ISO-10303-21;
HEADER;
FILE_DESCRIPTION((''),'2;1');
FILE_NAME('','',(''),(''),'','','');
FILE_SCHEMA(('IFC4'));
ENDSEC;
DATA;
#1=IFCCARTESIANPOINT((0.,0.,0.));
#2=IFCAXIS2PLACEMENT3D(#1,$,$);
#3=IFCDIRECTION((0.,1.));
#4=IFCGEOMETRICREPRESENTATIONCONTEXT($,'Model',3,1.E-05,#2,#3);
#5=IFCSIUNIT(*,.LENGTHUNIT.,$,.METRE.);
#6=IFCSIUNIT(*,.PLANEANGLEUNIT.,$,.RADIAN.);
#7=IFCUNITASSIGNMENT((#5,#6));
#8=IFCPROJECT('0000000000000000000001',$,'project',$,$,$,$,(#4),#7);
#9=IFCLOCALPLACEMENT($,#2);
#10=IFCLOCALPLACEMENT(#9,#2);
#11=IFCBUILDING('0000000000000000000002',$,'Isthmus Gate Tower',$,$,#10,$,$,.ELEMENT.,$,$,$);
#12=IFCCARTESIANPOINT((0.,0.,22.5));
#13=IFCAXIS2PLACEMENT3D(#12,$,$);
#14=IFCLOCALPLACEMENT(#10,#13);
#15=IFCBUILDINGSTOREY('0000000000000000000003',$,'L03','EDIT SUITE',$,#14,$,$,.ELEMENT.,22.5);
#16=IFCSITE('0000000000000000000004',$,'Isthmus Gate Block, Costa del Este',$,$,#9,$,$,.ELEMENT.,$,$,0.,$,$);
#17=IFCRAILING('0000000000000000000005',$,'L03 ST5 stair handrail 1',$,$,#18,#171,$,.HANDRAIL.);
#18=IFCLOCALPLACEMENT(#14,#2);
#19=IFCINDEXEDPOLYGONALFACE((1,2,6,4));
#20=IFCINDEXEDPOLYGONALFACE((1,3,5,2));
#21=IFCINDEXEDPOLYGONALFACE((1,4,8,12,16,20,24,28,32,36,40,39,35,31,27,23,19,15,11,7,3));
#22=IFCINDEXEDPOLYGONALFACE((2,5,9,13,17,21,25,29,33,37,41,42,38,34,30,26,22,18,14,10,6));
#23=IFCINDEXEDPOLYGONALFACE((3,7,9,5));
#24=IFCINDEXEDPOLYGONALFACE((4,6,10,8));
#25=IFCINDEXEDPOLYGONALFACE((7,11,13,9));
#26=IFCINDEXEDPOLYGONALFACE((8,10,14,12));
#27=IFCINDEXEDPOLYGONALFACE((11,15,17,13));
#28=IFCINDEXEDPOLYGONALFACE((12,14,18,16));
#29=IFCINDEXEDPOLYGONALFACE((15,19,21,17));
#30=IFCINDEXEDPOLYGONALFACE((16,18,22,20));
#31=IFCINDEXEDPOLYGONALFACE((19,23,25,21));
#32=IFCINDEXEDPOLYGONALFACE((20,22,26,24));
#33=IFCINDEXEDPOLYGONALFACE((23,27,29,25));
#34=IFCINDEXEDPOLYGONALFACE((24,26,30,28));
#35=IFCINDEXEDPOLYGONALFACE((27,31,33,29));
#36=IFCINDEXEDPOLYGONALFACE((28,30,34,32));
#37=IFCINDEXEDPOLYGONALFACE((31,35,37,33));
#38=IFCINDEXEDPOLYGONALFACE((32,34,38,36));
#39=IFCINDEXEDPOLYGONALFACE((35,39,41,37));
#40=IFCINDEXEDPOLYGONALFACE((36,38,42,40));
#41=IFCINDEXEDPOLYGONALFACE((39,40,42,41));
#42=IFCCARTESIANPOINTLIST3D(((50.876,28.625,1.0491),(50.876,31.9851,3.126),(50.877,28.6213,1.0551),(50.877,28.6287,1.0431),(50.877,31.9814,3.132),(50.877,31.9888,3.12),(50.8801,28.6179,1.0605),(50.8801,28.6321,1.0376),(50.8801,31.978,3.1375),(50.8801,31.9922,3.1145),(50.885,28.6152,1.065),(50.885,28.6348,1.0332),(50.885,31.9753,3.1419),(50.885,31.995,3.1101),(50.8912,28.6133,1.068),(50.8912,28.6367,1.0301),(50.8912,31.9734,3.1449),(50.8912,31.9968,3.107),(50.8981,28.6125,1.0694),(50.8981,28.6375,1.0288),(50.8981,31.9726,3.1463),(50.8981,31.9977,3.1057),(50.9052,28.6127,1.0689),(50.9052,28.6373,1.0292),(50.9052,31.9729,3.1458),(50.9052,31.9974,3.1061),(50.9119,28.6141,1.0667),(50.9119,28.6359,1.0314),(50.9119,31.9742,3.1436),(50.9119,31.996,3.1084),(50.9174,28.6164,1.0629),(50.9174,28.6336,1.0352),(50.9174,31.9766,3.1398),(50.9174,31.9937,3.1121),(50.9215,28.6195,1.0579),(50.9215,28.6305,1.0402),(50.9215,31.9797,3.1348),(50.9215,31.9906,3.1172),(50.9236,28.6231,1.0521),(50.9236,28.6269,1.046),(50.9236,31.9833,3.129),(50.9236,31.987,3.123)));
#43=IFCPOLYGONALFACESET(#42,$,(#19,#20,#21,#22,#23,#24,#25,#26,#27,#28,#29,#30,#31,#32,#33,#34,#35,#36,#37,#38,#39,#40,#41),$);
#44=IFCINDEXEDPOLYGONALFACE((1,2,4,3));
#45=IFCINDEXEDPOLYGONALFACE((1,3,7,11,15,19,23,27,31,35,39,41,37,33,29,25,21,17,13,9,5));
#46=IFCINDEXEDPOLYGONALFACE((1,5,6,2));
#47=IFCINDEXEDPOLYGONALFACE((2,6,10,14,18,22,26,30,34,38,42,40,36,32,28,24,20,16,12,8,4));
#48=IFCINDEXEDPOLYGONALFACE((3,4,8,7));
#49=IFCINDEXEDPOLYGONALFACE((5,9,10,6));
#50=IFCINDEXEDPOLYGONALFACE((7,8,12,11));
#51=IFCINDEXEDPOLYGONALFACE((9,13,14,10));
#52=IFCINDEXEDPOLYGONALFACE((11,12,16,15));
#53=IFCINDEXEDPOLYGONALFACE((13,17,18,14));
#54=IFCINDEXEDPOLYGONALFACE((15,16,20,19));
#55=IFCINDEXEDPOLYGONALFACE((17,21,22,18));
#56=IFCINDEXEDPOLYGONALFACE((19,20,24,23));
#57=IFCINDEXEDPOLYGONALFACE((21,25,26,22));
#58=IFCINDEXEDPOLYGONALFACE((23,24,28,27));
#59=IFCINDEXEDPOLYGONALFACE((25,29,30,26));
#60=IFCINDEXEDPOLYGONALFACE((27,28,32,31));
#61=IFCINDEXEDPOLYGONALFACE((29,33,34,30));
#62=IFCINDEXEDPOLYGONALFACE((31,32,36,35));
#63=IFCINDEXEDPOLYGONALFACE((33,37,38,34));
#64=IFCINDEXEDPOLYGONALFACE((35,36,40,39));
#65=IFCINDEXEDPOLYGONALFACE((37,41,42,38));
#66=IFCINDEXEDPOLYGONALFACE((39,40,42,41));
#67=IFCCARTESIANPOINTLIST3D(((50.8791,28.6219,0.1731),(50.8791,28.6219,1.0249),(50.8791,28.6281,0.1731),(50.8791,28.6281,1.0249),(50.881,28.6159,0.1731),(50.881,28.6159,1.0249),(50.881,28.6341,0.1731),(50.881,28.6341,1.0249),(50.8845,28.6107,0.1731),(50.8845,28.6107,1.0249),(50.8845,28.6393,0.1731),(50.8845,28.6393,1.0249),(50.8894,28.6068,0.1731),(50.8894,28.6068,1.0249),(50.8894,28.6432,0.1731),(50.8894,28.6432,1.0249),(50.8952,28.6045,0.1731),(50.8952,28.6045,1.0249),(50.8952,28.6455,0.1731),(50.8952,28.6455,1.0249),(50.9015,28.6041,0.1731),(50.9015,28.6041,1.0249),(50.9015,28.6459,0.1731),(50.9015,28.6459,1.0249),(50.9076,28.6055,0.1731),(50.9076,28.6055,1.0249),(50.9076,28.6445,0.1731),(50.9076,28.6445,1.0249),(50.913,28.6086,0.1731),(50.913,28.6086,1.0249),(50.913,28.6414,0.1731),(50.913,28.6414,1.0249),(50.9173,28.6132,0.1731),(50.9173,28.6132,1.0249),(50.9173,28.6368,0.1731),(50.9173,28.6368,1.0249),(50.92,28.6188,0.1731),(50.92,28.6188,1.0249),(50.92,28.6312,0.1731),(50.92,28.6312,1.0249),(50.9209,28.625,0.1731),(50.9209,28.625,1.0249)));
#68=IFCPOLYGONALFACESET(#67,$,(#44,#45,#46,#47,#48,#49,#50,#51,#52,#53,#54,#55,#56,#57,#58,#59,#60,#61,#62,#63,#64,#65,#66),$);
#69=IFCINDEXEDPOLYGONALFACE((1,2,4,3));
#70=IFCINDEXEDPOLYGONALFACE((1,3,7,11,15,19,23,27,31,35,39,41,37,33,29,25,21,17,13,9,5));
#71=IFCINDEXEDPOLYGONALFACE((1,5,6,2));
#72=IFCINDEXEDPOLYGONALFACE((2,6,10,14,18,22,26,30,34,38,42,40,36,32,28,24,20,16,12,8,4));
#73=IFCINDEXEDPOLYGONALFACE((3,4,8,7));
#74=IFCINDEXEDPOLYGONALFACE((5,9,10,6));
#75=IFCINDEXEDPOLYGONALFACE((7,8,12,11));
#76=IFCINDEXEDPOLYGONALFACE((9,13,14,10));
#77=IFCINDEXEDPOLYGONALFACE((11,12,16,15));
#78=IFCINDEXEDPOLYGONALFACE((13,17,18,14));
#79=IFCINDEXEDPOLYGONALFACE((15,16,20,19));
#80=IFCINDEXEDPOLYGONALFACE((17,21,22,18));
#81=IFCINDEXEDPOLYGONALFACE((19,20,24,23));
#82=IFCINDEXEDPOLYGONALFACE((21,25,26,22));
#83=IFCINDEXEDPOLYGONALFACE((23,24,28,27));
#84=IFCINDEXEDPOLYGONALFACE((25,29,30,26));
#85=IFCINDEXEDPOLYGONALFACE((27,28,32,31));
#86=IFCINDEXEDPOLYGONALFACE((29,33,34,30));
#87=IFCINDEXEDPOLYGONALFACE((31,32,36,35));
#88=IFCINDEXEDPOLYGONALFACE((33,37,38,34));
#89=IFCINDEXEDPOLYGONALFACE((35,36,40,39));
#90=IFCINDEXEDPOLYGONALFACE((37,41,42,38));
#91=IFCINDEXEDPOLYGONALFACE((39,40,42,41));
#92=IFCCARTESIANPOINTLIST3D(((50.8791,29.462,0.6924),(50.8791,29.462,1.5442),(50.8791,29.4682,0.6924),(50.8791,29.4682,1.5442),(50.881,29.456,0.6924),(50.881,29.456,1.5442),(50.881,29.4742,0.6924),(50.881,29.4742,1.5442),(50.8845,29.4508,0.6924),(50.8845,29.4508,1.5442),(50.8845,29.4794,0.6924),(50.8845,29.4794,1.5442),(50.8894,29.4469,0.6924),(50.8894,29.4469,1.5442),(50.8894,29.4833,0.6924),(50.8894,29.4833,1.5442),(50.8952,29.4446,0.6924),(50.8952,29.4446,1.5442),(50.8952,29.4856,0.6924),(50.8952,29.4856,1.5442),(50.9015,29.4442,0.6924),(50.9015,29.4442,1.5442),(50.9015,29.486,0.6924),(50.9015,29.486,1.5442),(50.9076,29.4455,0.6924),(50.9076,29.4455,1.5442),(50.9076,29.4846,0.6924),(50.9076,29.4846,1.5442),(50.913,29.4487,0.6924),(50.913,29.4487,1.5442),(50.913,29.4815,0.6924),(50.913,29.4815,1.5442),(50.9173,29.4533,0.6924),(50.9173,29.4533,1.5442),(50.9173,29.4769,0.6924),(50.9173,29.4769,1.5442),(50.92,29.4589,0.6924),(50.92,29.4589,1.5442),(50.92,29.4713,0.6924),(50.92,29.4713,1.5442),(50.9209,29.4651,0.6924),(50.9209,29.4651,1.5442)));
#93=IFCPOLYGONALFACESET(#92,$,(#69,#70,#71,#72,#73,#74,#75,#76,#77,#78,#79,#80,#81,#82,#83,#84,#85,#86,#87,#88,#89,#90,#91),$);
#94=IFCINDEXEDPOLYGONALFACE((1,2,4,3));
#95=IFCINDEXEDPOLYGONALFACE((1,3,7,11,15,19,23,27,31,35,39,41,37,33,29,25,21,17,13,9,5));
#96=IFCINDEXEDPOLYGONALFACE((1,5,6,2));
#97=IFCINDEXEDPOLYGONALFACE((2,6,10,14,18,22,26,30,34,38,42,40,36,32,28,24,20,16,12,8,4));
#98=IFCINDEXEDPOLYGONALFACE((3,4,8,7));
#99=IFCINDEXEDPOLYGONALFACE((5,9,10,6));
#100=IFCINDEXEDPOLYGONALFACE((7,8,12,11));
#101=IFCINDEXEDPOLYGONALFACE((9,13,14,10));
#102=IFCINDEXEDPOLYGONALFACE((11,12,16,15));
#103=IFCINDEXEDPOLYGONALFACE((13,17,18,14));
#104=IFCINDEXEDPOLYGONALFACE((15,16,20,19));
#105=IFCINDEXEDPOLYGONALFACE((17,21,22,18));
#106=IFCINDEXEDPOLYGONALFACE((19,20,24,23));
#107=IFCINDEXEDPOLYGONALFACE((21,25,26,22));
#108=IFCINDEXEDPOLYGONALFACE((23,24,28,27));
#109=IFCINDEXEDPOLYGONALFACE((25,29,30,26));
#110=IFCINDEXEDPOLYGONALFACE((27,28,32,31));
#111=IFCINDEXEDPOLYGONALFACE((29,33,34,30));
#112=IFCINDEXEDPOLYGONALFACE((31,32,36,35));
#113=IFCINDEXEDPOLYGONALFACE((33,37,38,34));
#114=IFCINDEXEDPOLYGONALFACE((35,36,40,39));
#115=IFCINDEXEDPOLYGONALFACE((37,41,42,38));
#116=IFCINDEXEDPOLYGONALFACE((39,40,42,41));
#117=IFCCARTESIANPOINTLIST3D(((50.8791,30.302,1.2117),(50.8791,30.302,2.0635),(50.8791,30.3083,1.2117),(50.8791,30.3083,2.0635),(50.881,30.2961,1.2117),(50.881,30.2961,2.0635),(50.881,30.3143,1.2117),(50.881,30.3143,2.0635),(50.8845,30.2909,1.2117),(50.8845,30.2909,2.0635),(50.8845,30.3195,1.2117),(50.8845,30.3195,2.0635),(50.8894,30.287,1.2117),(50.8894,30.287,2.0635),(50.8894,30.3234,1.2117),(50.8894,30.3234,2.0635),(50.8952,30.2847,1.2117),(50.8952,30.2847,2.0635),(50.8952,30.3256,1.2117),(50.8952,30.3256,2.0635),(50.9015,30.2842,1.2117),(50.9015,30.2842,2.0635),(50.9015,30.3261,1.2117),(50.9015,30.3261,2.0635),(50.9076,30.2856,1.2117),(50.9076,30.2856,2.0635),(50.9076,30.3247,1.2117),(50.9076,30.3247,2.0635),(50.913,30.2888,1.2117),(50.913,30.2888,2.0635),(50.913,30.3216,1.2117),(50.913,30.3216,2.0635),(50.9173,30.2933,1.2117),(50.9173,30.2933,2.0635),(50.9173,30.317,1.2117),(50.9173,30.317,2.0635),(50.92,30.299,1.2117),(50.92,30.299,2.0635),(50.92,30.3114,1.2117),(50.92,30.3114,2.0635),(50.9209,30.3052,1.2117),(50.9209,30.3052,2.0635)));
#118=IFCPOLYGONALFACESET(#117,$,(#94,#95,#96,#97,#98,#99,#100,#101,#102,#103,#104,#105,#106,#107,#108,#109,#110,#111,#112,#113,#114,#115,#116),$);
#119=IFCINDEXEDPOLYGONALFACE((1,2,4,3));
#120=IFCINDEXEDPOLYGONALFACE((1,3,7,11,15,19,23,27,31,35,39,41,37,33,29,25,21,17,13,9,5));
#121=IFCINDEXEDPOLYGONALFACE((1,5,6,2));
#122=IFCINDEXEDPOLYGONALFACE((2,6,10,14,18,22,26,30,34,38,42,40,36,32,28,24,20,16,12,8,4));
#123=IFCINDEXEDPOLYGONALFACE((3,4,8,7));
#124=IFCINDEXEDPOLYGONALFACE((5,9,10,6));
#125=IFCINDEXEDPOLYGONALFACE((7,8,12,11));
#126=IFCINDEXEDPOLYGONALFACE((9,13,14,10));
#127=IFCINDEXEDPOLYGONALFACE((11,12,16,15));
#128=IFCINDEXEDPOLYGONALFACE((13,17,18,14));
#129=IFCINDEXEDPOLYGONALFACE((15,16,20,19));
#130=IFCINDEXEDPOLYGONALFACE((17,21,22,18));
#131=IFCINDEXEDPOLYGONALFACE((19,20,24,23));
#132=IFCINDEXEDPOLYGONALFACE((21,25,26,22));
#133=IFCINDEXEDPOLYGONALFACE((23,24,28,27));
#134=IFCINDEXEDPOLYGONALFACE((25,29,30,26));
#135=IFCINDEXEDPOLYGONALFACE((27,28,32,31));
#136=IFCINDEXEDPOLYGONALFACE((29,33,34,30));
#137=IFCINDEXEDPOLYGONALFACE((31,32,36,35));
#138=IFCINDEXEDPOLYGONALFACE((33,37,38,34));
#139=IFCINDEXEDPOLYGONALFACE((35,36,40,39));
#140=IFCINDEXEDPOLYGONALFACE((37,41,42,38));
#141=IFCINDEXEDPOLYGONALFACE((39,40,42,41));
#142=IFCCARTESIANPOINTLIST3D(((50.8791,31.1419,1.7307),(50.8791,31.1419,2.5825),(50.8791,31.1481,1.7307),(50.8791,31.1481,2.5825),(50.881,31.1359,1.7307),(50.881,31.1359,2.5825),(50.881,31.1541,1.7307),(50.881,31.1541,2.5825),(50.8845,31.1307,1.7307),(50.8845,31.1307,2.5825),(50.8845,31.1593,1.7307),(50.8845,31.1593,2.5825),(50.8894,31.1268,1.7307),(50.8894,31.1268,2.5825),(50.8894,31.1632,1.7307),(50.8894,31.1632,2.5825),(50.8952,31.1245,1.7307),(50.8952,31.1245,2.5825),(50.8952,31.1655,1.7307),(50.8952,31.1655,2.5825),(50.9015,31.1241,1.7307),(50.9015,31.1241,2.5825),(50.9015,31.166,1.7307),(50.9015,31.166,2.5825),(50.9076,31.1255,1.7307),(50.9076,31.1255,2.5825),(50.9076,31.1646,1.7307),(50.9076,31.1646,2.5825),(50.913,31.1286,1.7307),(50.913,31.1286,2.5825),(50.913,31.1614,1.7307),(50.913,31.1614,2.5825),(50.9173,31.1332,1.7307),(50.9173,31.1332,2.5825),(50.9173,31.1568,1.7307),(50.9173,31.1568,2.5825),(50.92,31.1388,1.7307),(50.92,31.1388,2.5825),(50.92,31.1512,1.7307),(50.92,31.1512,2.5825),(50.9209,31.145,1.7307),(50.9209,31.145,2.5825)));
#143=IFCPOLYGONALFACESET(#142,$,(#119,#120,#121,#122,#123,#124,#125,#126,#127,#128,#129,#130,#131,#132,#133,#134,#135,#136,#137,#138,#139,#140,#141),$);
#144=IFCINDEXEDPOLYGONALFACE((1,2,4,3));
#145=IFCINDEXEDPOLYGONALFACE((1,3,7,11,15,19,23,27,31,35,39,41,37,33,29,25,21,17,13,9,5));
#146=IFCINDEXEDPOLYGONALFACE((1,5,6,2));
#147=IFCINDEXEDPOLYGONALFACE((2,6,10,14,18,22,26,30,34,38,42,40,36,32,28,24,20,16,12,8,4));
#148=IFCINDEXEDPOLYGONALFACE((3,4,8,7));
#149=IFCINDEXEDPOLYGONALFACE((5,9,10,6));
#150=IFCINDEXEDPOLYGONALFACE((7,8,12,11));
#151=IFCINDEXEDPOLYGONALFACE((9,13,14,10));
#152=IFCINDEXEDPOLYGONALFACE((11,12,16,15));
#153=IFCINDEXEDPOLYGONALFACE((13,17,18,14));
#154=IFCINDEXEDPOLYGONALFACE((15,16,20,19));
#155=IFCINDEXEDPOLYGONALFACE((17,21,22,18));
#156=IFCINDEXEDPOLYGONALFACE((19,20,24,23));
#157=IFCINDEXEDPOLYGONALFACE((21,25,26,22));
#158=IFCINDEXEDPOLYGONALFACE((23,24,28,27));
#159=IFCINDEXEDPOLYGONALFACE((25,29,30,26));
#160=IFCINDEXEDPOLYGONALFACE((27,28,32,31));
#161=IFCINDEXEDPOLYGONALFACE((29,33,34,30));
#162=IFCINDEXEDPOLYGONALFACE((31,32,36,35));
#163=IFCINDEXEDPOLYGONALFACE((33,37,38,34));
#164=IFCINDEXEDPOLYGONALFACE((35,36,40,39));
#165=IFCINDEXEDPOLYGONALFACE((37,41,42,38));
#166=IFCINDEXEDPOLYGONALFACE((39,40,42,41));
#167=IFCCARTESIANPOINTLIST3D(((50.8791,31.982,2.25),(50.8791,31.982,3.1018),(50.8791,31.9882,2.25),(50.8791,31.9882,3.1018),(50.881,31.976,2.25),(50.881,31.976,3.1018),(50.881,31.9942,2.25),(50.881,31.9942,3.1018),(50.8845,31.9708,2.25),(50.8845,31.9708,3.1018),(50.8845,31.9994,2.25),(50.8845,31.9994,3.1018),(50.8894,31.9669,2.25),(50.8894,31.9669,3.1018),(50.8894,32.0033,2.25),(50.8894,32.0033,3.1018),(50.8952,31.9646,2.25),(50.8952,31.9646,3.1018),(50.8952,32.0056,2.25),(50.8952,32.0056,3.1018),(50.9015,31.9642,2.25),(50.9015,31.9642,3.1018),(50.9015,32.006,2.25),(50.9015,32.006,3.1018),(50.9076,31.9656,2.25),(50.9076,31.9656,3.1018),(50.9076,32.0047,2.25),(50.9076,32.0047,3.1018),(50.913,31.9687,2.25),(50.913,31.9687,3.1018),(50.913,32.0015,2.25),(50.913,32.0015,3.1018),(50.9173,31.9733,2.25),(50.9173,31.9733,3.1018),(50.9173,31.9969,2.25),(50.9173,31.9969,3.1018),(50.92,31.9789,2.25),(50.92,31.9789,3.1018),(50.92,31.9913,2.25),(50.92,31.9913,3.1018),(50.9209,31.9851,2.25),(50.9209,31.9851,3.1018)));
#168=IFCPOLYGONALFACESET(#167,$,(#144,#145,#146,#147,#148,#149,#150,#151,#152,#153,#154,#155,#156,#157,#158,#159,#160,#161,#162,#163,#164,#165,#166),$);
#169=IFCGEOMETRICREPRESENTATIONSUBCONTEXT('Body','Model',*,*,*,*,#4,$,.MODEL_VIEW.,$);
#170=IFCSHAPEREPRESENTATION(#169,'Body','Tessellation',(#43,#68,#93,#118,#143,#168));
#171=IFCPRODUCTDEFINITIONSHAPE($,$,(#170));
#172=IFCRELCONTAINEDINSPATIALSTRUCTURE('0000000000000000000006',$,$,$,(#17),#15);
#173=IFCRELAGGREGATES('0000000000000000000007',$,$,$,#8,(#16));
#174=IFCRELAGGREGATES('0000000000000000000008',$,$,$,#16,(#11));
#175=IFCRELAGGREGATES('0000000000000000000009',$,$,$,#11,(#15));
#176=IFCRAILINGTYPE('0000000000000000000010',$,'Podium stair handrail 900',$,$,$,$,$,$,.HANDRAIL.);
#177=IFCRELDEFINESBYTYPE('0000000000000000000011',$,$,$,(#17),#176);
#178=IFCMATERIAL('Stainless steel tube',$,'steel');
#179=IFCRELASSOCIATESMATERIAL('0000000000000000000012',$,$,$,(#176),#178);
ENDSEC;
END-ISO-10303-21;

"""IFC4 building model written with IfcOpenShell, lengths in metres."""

from ifc_helpers import new_model, si_unit, direction, frame, origin, origin_2d, place, context, subcontext, project, spatial, circle, extrude, material, type_object, element, save


model = new_model("IFC4")

# Units and contexts
model_context = context("Model", 3, precision=1e-05, world=origin(), true_north=direction((0.0, 1.0)))
body_context = subcontext(model_context, "Body", "Model", "MODEL_VIEW")
ifc_project = project(units=[si_unit("LENGTHUNIT", "METRE"), si_unit("PLANEANGLEUNIT", "RADIAN")], contexts=[model_context])

# Site, building, storey
site_placement = place(None, origin())
site = spatial("IfcSite", under=ifc_project, at=site_placement, Name="Isthmus Gate Block, Costa del Este", CompositionType="ELEMENT", RefElevation=0.0)
building_placement = place(site_placement, origin())
building = spatial("IfcBuilding", under=site, at=building_placement, Name="Isthmus Gate Tower", CompositionType="ELEMENT")
storey_placement = place(building_placement, frame((0.0, 0.0, 22.5)))
storey = spatial("IfcBuildingStorey", under=building, at=storey_placement, Name="L03", Description="EDIT SUITE", CompositionType="ELEMENT", Elevation=22.5)

# Railing
ifc_material_1 = material(Name="Stainless steel tube", Category="steel")
railing_type_1 = type_object("IfcRailingType", Name="Podium stair handrail 900", PredefinedType="HANDRAIL", material=ifc_material_1)
railing_1_placement = place(storey_placement, frame((50.8999, 28.625, 0.1731)))
element("IfcRailing", 1, at=railing_1_placement, inside=storey, type_object=railing_type_1, Name="L03 ST5 stair handrail 1", PredefinedType="HANDRAIL", context=body_context, shape_type="SweptSolid", body=[
    extrude(circle(Radius=0.0239, at=origin_2d()), frame((0.0, 0.0, 0.876), z_axis=(0.0, 0.850623, 0.525776), x_axis=(-1.0, 0.0, 0.0)), (0.0, 0.0, 1.0), 3.9502),
    extrude(circle(Radius=0.021, at=origin_2d()), origin(), (0.0, 0.0, 1.0), 0.8518),
    extrude(circle(Radius=0.021, at=origin_2d()), frame((0.0, 0.8401, 0.5193)), (0.0, 0.0, 1.0), 0.8518),
    extrude(circle(Radius=0.021, at=origin_2d()), frame((0.0, 1.6802, 1.0386)), (0.0, 0.0, 1.0), 0.8518),
    extrude(circle(Radius=0.021, at=origin_2d()), frame((0.0, 2.52, 1.5576)), (0.0, 0.0, 1.0), 0.8518),
    extrude(circle(Radius=0.021, at=origin_2d()), frame((0.0, 3.3601, 2.0769)), (0.0, 0.0, 1.0), 0.8518),
])

save(model, "model.ifc")
